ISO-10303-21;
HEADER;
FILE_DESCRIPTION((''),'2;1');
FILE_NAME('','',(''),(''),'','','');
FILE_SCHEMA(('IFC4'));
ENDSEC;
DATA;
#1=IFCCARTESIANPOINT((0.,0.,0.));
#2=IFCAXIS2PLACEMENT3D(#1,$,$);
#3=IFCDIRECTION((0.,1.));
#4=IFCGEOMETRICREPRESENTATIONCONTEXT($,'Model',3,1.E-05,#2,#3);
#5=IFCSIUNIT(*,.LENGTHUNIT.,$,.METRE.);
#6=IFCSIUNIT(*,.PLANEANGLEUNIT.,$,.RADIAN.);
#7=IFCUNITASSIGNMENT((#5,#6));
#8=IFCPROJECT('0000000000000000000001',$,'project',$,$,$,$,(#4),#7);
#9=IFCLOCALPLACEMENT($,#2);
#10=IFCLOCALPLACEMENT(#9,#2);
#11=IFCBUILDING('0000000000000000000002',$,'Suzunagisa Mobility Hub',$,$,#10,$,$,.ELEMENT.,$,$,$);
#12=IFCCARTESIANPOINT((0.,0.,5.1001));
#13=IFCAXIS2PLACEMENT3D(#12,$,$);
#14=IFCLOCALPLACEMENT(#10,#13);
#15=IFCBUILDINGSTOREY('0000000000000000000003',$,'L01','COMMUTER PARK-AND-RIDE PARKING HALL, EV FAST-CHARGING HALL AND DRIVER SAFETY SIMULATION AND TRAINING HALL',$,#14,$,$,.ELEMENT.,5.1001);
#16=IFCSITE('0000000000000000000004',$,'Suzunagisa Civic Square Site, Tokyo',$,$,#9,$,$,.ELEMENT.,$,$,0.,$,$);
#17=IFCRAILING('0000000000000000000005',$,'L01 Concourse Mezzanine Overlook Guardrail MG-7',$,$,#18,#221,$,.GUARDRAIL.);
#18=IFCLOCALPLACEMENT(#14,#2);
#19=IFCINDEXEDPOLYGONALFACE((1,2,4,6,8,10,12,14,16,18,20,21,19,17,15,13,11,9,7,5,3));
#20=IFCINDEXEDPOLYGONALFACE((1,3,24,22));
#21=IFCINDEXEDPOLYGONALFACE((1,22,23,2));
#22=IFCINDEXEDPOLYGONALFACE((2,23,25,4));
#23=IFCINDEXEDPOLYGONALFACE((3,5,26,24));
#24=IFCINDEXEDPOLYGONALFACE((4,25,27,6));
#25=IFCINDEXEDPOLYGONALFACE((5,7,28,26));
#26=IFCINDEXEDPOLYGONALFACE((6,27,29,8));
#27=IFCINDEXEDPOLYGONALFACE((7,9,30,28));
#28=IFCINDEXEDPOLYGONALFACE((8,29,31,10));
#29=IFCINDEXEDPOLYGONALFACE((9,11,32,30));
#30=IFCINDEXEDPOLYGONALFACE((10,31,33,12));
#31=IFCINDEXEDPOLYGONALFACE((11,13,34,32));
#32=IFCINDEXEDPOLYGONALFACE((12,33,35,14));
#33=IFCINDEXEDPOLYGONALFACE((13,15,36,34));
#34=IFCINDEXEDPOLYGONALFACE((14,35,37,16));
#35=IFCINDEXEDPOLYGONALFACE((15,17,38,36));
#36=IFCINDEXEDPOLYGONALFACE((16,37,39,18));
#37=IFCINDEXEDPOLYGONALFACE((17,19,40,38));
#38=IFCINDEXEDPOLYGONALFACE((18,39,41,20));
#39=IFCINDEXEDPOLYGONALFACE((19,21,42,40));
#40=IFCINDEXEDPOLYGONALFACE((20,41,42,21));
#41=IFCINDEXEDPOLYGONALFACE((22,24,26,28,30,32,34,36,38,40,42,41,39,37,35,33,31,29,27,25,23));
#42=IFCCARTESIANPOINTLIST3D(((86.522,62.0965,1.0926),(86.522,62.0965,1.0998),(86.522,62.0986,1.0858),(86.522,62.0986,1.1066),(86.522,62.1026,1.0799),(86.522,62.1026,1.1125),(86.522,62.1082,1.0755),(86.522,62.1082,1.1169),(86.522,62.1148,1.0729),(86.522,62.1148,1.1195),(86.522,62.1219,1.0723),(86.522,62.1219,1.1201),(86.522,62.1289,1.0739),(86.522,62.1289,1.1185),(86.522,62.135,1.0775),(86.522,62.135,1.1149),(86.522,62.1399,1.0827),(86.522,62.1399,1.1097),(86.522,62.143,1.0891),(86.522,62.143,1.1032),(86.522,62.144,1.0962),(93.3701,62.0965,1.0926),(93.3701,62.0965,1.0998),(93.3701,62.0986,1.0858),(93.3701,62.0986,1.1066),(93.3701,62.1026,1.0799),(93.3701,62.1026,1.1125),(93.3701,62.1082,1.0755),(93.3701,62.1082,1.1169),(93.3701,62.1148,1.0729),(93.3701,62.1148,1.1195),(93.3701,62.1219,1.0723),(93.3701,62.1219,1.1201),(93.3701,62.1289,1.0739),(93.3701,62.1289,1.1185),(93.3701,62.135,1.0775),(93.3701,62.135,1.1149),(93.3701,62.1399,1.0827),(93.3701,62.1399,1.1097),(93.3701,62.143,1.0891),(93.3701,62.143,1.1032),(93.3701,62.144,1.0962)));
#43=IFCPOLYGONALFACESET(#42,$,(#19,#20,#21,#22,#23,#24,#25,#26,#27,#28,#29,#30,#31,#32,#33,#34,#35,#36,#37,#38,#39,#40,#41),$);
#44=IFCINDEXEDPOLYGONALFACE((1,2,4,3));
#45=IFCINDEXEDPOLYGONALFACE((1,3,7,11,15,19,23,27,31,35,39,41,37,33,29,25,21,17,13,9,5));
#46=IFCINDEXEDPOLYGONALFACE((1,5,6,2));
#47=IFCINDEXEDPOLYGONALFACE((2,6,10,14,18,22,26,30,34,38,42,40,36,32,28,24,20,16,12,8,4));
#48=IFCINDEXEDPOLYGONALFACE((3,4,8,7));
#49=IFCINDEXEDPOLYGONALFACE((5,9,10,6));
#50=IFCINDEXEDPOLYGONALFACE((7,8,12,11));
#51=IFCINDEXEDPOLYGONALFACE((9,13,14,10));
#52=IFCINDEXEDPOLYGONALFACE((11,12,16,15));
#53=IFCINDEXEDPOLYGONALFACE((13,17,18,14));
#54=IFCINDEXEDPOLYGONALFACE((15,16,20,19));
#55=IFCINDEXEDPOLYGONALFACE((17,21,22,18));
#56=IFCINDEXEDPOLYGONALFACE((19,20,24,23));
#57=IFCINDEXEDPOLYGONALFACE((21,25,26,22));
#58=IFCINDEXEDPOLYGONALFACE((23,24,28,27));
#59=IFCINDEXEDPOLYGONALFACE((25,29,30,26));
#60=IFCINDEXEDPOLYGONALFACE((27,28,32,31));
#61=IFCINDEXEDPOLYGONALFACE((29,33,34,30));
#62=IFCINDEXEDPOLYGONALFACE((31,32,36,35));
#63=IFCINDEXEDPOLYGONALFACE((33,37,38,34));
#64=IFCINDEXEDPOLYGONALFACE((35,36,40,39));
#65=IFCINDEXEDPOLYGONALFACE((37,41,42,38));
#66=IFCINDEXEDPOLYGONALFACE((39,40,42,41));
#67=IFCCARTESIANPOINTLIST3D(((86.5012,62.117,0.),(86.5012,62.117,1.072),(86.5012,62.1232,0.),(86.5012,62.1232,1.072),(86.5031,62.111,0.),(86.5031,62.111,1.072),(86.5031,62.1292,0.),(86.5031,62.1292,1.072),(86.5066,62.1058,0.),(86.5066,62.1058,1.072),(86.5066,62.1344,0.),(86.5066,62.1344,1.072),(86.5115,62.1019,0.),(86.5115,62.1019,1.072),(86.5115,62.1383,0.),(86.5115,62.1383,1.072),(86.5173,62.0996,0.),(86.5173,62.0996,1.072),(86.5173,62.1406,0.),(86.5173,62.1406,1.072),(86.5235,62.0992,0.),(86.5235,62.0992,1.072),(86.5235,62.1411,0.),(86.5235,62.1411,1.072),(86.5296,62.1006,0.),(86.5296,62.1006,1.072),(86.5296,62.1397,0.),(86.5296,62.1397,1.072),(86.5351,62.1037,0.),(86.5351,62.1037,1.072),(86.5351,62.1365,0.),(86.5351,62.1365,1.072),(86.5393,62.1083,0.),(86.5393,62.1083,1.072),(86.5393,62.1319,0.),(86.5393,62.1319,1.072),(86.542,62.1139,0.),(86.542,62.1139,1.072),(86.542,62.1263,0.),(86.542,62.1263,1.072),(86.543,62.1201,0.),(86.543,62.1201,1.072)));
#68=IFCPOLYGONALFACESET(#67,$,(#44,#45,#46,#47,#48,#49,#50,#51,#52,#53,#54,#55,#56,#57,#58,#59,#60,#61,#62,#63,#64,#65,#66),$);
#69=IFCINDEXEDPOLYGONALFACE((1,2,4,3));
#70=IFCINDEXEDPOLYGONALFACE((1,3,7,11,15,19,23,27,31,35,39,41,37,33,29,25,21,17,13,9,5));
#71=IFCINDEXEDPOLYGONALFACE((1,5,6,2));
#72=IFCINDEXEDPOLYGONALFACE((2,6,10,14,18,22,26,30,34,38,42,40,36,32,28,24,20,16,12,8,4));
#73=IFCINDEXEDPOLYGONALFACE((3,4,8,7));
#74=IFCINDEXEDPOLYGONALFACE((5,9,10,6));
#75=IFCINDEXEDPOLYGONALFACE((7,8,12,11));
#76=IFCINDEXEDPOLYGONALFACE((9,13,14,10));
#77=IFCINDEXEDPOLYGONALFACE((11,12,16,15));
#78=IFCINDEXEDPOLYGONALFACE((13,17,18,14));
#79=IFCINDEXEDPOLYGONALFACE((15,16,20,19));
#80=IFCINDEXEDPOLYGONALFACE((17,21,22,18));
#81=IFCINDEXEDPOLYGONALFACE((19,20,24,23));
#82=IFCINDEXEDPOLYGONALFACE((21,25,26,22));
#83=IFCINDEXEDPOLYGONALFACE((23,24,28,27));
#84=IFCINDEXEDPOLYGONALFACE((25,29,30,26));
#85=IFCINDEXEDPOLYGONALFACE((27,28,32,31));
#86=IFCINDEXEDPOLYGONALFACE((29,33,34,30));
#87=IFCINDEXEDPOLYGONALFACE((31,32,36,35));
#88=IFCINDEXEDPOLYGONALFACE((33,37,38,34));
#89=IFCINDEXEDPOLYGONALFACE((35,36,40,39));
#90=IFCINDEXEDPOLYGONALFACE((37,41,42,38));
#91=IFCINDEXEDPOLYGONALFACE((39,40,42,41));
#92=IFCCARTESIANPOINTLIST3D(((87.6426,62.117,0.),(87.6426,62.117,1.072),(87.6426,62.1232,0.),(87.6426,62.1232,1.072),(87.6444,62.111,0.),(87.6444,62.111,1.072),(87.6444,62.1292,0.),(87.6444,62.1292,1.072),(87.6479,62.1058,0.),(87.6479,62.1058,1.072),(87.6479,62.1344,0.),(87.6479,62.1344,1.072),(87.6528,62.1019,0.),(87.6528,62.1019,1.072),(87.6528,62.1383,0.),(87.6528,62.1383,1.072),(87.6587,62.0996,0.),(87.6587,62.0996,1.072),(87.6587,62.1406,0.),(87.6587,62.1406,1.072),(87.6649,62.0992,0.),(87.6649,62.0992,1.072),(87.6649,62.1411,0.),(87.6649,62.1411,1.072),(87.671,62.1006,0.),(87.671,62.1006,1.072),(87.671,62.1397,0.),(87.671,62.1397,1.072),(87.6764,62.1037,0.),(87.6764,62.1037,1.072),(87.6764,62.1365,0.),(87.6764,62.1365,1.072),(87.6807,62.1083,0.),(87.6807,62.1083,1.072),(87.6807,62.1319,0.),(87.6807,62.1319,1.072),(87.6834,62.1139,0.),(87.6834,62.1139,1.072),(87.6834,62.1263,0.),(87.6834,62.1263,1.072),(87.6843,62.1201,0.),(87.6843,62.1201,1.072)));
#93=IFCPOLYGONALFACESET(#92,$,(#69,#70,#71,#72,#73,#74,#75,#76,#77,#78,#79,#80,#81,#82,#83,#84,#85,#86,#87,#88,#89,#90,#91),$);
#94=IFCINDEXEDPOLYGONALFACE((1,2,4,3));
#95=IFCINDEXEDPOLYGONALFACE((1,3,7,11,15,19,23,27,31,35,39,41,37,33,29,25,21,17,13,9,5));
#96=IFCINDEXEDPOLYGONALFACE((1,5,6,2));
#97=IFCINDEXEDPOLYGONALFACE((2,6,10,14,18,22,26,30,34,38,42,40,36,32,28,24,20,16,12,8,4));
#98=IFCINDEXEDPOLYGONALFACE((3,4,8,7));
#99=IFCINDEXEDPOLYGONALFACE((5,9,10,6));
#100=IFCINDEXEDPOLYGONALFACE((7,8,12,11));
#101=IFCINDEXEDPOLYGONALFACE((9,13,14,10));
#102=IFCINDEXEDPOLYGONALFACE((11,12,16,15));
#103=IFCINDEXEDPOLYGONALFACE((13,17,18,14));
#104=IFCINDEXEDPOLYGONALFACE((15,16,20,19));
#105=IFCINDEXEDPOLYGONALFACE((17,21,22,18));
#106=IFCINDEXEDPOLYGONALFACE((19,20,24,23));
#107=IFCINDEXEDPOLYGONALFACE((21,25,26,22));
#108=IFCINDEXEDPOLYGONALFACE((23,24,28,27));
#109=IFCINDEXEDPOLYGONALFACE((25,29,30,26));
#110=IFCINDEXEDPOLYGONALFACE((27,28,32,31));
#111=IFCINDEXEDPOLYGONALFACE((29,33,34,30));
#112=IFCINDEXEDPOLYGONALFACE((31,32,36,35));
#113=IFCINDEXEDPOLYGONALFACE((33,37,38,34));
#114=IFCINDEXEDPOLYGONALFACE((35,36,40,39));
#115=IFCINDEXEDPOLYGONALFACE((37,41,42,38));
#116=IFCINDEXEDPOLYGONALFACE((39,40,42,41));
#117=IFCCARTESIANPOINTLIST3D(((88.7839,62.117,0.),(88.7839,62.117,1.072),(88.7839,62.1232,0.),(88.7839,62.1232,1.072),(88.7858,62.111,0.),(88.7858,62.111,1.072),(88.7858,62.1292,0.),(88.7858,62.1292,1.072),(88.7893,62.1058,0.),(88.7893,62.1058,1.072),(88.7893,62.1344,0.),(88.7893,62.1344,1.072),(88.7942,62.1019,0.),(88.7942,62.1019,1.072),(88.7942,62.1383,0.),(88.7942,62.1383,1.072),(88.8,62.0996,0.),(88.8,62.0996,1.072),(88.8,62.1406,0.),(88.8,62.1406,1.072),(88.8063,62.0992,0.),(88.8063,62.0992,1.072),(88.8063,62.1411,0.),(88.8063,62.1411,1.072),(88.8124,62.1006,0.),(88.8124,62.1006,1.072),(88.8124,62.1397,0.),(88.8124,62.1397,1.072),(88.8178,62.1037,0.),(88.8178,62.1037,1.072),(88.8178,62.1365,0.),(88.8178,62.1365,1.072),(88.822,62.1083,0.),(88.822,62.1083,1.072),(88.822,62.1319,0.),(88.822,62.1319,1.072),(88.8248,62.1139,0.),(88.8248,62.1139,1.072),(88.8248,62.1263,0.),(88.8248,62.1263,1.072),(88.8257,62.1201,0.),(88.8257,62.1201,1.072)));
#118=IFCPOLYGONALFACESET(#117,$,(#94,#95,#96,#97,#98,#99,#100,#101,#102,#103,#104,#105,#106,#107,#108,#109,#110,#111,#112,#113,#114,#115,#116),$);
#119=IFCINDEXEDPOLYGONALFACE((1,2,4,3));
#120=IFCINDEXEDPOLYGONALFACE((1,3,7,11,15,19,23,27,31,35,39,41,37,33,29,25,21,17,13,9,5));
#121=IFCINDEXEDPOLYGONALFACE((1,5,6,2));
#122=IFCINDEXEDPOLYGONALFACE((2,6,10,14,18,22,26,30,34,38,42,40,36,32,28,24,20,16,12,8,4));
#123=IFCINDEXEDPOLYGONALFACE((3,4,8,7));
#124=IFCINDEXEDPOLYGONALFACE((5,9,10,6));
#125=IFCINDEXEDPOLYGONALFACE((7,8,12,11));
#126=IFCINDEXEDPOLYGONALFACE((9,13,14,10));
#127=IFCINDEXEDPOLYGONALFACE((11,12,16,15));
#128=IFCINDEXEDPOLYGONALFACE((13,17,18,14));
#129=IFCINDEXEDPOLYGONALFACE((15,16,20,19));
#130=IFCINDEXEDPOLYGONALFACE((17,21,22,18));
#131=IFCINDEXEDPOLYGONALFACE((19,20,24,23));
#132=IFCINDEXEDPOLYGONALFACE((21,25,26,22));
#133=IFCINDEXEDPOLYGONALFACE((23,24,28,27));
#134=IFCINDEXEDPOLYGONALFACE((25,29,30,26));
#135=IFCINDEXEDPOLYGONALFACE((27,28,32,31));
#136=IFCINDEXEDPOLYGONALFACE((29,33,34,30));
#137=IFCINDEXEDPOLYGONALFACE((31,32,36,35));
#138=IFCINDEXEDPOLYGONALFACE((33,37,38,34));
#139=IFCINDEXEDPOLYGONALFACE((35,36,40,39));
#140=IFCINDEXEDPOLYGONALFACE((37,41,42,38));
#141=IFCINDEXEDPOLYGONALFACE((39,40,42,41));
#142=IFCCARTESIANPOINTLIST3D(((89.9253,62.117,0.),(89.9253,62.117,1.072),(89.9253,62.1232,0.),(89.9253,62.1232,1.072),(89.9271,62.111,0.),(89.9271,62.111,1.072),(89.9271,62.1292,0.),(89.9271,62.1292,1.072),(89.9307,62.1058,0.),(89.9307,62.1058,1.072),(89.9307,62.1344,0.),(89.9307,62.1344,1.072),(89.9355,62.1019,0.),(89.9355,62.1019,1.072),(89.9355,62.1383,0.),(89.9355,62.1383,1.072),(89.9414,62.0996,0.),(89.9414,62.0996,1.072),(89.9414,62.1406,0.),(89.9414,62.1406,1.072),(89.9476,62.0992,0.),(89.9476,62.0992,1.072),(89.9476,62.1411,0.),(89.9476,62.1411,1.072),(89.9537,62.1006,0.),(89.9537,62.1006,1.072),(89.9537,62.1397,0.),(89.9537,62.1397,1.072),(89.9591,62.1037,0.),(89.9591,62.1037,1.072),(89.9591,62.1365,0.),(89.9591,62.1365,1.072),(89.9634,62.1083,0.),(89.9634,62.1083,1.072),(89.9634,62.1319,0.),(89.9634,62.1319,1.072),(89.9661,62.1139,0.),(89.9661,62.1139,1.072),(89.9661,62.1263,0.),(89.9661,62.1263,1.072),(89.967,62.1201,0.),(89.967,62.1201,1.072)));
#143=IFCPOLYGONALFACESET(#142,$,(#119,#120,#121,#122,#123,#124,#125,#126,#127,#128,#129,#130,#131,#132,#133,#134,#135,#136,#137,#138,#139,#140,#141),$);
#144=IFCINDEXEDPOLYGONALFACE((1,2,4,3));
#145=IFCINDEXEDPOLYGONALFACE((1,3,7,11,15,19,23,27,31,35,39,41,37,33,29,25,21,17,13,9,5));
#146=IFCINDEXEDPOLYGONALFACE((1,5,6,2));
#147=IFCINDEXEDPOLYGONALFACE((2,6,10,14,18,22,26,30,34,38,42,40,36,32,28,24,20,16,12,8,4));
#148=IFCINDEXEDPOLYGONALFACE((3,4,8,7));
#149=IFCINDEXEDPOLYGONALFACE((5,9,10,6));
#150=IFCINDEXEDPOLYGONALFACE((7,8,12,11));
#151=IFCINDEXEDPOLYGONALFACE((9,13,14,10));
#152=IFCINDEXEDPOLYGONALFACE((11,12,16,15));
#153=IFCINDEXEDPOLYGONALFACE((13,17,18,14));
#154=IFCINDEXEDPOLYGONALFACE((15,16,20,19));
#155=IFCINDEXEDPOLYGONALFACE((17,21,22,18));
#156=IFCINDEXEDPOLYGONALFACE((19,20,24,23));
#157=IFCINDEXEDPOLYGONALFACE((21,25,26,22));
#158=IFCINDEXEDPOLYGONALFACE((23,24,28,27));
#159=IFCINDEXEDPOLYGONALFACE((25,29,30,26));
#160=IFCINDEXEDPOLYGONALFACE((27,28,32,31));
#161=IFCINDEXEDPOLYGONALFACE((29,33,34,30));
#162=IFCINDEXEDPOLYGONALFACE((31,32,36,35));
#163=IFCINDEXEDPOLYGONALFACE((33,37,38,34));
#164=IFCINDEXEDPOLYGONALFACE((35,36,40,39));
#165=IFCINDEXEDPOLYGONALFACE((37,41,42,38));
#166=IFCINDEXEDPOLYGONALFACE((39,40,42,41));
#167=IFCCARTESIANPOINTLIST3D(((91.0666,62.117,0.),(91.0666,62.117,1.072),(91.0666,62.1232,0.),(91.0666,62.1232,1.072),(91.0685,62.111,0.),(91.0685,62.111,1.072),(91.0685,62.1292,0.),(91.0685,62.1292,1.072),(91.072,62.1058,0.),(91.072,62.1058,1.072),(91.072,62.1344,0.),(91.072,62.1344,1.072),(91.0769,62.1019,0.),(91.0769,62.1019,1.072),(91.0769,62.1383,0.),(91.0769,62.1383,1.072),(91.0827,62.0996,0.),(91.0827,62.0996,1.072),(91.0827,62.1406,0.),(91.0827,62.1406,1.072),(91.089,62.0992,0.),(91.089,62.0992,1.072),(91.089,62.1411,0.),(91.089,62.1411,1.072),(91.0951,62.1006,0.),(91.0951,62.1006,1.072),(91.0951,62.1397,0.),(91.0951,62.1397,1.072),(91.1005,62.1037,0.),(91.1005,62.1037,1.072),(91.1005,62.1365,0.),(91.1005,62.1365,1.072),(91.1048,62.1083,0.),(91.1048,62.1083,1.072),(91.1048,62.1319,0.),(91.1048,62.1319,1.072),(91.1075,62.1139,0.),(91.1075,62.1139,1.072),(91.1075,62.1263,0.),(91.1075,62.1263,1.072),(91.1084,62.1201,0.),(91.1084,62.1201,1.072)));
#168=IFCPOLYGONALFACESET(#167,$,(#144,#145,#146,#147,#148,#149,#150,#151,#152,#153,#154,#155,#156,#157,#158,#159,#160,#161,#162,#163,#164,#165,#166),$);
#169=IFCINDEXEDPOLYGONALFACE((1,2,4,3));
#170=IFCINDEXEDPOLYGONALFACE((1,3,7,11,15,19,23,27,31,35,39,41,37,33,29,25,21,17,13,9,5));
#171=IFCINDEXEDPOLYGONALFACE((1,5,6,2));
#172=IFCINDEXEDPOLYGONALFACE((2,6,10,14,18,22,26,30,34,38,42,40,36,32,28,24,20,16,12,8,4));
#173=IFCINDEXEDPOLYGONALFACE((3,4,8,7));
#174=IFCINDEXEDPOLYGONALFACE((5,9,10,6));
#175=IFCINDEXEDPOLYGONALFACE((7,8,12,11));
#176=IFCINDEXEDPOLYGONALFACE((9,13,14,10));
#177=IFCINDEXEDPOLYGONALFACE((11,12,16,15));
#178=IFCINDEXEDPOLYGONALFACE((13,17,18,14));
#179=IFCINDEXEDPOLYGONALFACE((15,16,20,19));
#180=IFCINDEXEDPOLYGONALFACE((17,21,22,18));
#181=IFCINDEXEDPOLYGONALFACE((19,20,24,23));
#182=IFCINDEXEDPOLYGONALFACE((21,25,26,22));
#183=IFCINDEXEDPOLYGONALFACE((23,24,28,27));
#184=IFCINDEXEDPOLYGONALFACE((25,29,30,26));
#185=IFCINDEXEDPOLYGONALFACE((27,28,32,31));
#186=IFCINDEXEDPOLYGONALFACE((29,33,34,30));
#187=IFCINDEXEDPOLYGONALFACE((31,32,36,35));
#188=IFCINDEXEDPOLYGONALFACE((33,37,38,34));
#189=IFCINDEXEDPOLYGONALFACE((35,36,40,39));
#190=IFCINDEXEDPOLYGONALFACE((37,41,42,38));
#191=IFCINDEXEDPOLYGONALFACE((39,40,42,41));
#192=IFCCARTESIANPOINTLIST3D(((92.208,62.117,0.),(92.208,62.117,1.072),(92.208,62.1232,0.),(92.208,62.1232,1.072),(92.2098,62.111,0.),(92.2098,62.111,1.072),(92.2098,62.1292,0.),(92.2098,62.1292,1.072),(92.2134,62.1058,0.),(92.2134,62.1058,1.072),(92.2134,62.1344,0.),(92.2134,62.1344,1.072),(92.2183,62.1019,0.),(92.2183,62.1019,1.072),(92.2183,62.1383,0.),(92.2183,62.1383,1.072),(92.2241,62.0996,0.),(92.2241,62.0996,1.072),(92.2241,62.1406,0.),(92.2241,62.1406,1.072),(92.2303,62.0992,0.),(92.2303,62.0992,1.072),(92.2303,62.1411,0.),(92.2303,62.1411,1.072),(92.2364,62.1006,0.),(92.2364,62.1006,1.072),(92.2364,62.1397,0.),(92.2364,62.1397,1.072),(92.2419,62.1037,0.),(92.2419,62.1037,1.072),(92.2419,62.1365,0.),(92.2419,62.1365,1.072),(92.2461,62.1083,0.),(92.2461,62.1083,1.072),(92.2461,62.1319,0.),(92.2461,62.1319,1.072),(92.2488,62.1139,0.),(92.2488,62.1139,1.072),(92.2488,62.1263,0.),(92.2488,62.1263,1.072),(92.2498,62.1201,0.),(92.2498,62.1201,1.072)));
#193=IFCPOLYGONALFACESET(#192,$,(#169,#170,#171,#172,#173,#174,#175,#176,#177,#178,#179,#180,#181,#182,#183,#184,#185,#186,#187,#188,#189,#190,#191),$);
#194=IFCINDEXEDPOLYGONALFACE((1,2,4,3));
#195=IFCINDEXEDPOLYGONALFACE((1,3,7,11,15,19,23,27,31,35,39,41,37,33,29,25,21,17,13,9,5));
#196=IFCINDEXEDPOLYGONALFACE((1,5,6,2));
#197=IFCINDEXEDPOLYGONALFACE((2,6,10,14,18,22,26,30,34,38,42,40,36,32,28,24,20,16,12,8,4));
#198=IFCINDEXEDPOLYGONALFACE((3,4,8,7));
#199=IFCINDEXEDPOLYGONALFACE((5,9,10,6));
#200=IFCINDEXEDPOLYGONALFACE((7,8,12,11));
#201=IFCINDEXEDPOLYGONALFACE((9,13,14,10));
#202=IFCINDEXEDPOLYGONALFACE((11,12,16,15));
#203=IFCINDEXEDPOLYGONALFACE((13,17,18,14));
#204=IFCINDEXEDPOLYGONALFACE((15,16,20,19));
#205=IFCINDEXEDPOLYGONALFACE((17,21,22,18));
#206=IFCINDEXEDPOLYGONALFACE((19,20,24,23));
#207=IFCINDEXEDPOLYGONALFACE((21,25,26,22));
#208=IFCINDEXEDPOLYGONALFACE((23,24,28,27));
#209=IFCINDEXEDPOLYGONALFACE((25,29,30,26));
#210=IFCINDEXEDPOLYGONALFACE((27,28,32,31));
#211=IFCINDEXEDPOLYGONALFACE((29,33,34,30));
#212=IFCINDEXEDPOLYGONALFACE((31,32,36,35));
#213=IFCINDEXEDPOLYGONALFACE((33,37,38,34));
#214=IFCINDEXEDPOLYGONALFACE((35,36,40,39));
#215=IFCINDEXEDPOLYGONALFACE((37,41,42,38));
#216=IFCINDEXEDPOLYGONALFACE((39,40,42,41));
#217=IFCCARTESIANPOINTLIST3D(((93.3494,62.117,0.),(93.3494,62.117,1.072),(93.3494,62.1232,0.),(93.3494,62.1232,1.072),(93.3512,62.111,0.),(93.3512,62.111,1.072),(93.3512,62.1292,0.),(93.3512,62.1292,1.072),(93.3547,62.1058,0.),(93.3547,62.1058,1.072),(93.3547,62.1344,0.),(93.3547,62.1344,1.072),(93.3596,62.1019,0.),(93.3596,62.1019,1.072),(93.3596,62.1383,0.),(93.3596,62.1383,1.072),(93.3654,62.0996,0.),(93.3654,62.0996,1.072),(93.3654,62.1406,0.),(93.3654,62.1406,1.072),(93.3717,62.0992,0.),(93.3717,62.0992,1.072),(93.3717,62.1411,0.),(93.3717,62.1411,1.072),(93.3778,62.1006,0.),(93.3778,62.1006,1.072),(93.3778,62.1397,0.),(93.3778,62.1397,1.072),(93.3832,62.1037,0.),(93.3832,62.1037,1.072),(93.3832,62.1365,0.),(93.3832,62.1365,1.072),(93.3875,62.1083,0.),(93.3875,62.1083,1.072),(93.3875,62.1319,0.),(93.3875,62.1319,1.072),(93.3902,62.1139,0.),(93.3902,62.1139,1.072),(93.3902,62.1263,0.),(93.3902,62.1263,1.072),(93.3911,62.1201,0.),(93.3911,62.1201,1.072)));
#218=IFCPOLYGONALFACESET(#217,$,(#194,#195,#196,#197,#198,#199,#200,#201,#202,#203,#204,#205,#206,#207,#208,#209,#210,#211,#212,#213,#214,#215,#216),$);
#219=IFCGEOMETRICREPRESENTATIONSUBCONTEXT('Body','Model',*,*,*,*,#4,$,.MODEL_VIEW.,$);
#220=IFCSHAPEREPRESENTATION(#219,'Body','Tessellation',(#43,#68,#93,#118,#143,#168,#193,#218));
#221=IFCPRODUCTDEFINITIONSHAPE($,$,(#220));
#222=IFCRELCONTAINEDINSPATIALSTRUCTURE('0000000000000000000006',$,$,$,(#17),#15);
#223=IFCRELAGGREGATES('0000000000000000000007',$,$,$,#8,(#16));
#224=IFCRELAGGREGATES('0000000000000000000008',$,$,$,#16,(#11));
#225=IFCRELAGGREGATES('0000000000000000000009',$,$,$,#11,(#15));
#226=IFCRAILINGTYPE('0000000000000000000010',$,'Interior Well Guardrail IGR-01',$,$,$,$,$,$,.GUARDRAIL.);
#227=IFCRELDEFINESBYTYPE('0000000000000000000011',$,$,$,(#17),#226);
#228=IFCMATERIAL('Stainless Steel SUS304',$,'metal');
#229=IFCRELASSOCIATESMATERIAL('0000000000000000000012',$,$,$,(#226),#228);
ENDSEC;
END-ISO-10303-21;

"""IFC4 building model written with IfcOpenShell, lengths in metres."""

from ifc_helpers import new_model, si_unit, direction, frame, origin, origin_2d, place, context, subcontext, project, spatial, circle, extrude, material, type_object, element, save


model = new_model("IFC4")

# Units and contexts
model_context = context("Model", 3, precision=1e-05, world=origin(), true_north=direction((0.0, 1.0)))
body_context = subcontext(model_context, "Body", "Model", "MODEL_VIEW")
ifc_project = project(units=[si_unit("LENGTHUNIT", "METRE"), si_unit("PLANEANGLEUNIT", "RADIAN")], contexts=[model_context])

# Site, building, storey
site_placement = place(None, origin())
site = spatial("IfcSite", under=ifc_project, at=site_placement, Name="Suzunagisa Civic Square Site, Tokyo", CompositionType="ELEMENT", RefElevation=0.0)
building_placement = place(site_placement, origin())
building = spatial("IfcBuilding", under=site, at=building_placement, Name="Suzunagisa Mobility Hub", CompositionType="ELEMENT")
storey_placement = place(building_placement, frame((0.0, 0.0, 5.1001)))
storey = spatial("IfcBuildingStorey", under=building, at=storey_placement, Name="L01", Description="COMMUTER PARK-AND-RIDE PARKING HALL, EV FAST-CHARGING HALL AND DRIVER SAFETY SIMULATION AND TRAINING HALL", CompositionType="ELEMENT", Elevation=5.1001)

# Railing
ifc_material_1 = material(Name="Stainless Steel SUS304", Category="metal")
railing_type = type_object("IfcRailingType", Name="Interior Well Guardrail IGR-01", PredefinedType="GUARDRAIL", material=ifc_material_1)
railing_1_placement = place(storey_placement, frame((86.522, 62.1201, 0.0)))
element("IfcRailing", 1, at=railing_1_placement, inside=storey, type_object=railing_type, Name="L01 Concourse Mezzanine Overlook Guardrail MG-7", PredefinedType="GUARDRAIL", context=body_context, shape_type="SweptSolid", body=[
    extrude(circle(Radius=0.0239, at=origin_2d()), frame((0.0, 0.0, 1.0962), z_axis=(1.0, 0.0, 0.0), x_axis=(0.0, 1.0, 0.0)), (0.0, 0.0, 1.0), 6.8481),
    extrude(circle(Radius=0.021, at=origin_2d()), origin(), (0.0, 0.0, 1.0), 1.072),
    extrude(circle(Radius=0.021, at=origin_2d()), frame((1.1414, 0.0, 0.0)), (0.0, 0.0, 1.0), 1.072),
    extrude(circle(Radius=0.021, at=origin_2d()), frame((2.2827, 0.0, 0.0)), (0.0, 0.0, 1.0), 1.072),
    extrude(circle(Radius=0.021, at=origin_2d()), frame((3.4241, 0.0, 0.0)), (0.0, 0.0, 1.0), 1.072),
    extrude(circle(Radius=0.021, at=origin_2d()), frame((4.5654, 0.0, 0.0)), (0.0, 0.0, 1.0), 1.072),
    extrude(circle(Radius=0.021, at=origin_2d()), frame((5.7068, 0.0, 0.0)), (0.0, 0.0, 1.0), 1.072),
    extrude(circle(Radius=0.021, at=origin_2d()), frame((6.8481, 0.0, 0.0)), (0.0, 0.0, 1.0), 1.072),
])

save(model, "model.ifc")
